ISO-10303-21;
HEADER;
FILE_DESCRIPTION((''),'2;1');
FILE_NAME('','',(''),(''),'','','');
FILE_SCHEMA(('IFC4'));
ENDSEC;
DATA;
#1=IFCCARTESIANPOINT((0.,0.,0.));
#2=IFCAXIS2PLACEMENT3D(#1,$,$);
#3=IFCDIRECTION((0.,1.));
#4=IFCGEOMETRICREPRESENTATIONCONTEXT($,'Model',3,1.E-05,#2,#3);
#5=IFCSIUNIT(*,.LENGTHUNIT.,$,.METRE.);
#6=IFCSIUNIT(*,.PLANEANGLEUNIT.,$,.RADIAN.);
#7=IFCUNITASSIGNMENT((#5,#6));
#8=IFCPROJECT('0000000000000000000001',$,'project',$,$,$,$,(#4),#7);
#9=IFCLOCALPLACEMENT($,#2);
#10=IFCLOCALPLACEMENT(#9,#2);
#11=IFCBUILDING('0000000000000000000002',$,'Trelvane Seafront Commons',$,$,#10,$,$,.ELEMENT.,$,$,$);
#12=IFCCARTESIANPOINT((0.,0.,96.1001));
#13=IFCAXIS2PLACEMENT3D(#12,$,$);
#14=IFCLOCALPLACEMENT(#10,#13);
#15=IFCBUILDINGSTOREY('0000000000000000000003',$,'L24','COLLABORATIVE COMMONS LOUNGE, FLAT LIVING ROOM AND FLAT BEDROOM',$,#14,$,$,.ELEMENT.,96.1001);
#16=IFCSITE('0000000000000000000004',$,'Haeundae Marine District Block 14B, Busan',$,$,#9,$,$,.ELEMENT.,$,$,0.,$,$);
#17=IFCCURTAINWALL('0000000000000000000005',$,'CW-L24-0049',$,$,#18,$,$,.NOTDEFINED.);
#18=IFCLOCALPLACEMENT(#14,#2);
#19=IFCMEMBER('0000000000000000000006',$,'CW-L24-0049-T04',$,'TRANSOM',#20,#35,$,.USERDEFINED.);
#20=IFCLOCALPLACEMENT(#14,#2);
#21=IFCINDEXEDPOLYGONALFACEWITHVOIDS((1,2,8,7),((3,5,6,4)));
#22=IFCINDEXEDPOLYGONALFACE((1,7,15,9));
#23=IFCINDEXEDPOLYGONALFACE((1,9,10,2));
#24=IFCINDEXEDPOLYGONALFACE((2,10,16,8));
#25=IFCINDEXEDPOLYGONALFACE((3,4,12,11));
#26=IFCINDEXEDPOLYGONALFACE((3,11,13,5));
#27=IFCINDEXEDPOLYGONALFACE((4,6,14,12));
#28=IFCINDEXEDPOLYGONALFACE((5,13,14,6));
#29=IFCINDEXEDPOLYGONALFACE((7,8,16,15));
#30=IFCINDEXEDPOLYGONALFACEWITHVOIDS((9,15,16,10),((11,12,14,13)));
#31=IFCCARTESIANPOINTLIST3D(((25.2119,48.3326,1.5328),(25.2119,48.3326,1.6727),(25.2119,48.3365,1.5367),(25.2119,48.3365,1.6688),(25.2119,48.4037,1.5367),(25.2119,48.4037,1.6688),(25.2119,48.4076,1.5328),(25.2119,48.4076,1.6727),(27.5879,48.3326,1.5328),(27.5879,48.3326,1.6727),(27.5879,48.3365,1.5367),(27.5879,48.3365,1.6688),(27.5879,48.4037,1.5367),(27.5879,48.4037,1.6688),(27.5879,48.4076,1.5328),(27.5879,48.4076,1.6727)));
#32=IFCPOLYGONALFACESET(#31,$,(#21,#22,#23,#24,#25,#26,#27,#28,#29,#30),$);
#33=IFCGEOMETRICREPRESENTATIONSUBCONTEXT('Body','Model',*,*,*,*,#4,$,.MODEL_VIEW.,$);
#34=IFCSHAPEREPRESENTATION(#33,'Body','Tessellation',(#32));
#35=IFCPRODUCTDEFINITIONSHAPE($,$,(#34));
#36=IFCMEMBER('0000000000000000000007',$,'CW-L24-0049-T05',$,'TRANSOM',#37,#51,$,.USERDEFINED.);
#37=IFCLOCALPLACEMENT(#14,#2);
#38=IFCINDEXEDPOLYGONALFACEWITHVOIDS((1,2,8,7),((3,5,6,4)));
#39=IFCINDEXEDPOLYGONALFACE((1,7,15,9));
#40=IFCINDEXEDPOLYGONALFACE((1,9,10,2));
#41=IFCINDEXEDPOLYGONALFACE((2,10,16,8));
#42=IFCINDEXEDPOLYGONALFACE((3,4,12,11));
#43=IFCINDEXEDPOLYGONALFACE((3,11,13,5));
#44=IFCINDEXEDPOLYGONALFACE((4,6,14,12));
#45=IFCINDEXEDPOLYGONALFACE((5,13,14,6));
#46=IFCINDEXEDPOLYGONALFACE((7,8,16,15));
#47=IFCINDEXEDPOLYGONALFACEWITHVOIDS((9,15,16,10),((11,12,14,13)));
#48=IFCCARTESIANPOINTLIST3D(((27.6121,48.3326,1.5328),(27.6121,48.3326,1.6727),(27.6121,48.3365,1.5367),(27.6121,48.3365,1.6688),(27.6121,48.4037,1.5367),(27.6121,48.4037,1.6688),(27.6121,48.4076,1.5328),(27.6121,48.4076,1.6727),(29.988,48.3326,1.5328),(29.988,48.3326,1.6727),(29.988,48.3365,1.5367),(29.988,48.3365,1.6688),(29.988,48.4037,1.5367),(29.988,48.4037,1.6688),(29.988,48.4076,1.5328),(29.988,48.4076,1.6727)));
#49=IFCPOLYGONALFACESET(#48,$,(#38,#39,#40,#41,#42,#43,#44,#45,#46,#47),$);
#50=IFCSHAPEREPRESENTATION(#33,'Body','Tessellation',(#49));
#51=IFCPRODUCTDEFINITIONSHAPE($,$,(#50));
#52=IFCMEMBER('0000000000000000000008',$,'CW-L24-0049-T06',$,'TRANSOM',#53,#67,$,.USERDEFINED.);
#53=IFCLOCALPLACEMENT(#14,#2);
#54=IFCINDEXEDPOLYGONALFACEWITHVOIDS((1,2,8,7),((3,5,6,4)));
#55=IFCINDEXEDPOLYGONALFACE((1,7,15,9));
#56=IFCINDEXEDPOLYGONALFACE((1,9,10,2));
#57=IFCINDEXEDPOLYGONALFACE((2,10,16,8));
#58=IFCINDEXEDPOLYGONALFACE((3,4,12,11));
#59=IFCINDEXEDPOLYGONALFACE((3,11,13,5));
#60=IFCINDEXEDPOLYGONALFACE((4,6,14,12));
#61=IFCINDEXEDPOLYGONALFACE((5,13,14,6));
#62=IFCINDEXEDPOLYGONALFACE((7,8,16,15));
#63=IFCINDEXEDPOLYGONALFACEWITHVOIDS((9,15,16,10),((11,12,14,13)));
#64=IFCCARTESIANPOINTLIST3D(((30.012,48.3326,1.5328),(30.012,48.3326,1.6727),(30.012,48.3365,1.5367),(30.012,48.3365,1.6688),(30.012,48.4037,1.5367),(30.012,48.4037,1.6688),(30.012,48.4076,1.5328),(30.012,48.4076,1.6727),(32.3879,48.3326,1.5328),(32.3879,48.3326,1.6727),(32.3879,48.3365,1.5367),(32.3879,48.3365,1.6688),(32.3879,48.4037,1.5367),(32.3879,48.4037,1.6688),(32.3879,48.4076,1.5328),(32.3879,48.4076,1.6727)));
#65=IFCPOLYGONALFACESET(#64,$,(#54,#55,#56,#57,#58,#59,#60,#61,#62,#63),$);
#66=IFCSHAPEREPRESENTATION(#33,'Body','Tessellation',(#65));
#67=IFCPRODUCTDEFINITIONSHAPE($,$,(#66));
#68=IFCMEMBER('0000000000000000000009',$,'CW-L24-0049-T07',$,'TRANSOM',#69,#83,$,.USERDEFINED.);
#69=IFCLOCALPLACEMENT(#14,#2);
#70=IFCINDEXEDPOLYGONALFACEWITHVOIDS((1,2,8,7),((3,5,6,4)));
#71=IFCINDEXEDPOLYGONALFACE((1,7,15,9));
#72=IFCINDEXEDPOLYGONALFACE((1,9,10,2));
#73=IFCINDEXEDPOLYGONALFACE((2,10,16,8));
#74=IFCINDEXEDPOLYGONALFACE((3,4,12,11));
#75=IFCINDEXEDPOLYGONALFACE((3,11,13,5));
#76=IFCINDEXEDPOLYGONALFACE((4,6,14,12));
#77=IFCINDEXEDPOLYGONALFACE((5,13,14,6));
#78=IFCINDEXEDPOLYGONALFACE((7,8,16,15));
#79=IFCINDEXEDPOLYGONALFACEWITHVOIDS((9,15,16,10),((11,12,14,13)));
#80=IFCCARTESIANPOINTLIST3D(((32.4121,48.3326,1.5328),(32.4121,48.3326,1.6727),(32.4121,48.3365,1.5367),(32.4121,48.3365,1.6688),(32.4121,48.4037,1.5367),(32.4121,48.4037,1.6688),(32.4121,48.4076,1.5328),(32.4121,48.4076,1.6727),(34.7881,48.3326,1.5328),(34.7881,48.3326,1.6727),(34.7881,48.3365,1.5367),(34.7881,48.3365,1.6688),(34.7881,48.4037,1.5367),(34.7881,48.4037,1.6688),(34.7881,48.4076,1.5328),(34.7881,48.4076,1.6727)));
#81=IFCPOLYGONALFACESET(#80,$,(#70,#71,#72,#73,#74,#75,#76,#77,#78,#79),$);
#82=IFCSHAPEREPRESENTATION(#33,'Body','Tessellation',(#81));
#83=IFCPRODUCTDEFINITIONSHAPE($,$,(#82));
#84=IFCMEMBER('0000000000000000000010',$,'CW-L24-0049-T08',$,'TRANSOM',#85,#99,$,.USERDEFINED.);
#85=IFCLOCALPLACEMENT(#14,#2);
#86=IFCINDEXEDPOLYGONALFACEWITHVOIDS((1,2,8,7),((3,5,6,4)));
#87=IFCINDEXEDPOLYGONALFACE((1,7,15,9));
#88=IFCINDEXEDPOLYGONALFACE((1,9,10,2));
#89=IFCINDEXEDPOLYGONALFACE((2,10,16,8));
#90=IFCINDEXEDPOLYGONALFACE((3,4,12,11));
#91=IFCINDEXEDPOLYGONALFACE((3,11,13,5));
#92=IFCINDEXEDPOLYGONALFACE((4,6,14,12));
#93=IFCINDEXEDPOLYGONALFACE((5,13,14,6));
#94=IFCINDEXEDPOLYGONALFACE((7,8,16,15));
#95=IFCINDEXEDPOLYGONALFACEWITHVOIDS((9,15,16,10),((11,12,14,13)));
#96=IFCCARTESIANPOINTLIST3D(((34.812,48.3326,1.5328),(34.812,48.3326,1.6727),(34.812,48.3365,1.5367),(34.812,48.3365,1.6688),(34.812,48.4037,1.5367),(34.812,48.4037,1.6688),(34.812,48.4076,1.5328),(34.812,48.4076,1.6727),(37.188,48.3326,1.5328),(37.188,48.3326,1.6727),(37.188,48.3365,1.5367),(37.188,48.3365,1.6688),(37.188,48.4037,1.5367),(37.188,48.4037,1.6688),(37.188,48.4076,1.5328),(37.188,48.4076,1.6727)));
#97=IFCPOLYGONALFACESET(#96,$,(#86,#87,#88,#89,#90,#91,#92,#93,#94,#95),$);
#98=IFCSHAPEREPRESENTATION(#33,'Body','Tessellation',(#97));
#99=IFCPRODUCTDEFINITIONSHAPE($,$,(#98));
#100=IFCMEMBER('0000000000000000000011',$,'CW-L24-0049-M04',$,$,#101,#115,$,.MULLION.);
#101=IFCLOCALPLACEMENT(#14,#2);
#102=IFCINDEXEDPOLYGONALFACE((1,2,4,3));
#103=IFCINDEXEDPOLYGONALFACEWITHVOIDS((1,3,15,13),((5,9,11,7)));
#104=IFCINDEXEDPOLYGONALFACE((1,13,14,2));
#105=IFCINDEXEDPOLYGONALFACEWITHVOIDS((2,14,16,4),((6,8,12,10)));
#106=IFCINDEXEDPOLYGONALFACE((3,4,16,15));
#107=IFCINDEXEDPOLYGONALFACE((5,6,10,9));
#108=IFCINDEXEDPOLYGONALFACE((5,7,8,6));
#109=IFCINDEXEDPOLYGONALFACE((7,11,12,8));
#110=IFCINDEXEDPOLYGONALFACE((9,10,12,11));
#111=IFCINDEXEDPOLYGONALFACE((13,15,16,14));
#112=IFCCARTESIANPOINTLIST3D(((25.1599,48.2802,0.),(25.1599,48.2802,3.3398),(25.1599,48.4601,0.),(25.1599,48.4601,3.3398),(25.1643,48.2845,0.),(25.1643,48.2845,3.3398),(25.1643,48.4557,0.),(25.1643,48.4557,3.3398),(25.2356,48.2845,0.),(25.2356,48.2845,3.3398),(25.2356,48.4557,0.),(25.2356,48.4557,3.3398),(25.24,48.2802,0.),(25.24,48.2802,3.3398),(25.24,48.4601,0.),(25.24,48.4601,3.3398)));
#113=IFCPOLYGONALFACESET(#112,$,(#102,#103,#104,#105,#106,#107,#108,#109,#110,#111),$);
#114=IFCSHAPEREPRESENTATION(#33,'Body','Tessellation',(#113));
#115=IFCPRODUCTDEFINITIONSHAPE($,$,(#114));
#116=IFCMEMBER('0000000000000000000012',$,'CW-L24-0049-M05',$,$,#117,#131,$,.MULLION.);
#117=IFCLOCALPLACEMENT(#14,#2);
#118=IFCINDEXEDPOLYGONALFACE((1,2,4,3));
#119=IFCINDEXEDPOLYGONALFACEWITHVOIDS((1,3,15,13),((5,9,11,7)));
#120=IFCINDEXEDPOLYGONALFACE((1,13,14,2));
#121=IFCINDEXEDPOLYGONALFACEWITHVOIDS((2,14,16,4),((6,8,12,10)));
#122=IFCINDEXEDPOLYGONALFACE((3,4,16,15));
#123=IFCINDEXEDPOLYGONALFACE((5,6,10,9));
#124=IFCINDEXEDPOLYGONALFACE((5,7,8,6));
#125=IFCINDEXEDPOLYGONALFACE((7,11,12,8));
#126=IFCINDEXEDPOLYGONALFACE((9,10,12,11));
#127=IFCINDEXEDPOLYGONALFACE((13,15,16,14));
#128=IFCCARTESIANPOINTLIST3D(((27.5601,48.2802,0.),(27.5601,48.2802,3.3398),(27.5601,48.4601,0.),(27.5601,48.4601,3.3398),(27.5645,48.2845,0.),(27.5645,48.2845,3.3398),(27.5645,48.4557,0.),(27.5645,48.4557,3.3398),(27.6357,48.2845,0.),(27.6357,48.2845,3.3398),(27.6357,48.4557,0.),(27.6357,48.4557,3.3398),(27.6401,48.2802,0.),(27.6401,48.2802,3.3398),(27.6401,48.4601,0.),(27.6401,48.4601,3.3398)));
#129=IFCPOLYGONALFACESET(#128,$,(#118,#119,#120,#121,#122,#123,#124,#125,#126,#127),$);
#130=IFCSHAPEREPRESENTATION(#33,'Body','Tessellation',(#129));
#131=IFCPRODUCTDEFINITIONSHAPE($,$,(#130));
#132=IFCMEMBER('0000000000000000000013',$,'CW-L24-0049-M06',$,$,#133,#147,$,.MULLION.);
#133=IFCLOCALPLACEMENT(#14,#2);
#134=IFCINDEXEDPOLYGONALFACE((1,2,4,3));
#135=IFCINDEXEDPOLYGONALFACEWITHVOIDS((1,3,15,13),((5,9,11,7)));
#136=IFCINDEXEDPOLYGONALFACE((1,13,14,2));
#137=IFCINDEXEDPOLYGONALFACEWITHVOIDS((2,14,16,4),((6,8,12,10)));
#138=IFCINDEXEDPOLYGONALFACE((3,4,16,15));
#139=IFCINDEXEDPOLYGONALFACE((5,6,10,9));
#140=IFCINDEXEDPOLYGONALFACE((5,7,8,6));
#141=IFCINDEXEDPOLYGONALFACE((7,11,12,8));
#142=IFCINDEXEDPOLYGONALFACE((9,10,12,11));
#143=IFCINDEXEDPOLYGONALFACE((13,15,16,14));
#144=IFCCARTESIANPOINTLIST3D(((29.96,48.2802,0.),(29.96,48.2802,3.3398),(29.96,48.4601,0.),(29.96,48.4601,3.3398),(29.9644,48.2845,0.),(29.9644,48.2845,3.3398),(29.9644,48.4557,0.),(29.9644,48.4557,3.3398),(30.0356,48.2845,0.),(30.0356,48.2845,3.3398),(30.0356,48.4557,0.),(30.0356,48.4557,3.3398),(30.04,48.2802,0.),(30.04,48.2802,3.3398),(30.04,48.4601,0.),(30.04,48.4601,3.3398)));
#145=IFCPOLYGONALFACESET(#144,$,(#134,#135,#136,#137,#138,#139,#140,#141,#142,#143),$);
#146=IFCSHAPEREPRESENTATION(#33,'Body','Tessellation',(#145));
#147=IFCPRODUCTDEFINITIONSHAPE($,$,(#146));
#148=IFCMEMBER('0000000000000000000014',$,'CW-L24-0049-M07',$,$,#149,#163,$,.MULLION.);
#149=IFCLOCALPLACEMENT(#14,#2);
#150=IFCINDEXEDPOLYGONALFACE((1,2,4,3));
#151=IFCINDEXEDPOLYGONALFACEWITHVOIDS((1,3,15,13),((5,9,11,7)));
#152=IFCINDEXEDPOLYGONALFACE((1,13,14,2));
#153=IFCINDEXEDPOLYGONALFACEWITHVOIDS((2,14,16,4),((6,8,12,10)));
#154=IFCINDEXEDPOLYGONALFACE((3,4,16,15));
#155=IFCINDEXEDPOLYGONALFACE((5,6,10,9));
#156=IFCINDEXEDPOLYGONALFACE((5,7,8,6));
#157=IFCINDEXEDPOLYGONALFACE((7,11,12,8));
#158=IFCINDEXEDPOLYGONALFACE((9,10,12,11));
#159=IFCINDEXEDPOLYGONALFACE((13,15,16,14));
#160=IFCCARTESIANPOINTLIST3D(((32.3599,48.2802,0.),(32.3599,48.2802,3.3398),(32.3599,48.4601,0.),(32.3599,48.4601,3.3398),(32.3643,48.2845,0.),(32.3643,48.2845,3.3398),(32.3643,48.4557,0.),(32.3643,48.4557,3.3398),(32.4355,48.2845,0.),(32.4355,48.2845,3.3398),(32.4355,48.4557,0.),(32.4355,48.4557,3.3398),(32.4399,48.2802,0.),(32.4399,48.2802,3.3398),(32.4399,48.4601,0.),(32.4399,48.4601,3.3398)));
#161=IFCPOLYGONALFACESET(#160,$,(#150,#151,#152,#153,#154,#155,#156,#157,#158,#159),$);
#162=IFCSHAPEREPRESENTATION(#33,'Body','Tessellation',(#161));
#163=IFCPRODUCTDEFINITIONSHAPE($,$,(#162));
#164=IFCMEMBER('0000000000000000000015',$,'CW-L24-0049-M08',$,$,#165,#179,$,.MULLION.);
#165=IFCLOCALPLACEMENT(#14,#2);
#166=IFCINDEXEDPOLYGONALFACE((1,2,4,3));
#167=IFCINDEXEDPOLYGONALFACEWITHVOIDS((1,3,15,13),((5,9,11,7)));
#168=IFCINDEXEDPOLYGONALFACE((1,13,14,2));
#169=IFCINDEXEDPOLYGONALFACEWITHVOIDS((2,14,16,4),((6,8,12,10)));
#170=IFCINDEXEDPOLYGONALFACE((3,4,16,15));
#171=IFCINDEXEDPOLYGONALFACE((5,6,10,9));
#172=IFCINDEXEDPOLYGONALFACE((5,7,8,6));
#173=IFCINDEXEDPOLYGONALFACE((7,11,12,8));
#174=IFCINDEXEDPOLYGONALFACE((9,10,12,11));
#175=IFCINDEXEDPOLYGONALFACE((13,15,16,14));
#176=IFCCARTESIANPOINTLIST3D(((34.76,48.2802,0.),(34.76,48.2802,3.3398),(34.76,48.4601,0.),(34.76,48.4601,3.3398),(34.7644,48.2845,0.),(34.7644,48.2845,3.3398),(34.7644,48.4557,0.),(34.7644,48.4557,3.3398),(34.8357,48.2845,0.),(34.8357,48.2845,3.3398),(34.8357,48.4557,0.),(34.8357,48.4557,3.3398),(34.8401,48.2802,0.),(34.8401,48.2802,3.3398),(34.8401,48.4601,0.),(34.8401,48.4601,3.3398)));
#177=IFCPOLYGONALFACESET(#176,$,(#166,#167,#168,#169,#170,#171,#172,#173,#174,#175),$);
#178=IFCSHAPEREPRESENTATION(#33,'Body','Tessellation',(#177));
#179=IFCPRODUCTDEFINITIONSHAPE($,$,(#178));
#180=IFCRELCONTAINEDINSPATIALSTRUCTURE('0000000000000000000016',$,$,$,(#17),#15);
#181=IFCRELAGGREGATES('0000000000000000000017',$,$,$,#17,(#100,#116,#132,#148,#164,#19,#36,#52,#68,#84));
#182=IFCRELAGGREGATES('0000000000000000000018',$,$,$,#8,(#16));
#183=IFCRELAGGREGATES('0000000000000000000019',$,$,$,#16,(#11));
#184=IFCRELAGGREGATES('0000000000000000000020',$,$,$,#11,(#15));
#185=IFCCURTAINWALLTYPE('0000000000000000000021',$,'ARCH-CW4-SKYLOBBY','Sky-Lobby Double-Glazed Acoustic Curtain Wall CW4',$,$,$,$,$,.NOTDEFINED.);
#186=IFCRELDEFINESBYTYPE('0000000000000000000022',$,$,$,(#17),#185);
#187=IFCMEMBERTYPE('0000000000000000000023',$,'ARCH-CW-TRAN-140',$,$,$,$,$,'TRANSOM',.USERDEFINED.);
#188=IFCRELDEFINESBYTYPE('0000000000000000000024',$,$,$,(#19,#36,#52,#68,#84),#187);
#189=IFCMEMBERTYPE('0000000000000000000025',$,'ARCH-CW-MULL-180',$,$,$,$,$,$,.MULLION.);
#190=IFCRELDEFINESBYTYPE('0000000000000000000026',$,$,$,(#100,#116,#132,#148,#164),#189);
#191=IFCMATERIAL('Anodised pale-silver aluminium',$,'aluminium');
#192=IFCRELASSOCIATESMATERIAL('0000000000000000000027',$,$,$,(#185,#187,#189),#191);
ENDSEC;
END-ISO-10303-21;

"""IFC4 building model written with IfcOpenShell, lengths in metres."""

from ifc_helpers import new_model, si_unit, direction, frame, origin, origin_2d, place, context, subcontext, project, spatial, hollow_rectangle, extrude, source, transform, mapped, material, material_profile, profile_set, type_object, element, aggregate, save


model = new_model("IFC4")

# Units and contexts
model_context = context("Model", 3, precision=1e-05, world=origin(), true_north=direction((0.0, 1.0)))
body_context = subcontext(model_context, "Body", "Model", "MODEL_VIEW")
ifc_project = project(units=[si_unit("LENGTHUNIT", "METRE"), si_unit("PLANEANGLEUNIT", "RADIAN")], contexts=[model_context])

# Site, building, storey
site_placement = place(None, origin())
site = spatial("IfcSite", under=ifc_project, at=site_placement, Name="Haeundae Marine District Block 14B, Busan", CompositionType="ELEMENT", RefElevation=0.0)
building_placement = place(site_placement, origin())
building = spatial("IfcBuilding", under=site, at=building_placement, Name="Trelvane Seafront Commons", CompositionType="ELEMENT")
storey_placement = place(building_placement, frame((0.0, 0.0, 96.1001)))
storey = spatial("IfcBuildingStorey", under=building, at=storey_placement, Name="L24", Description="COLLABORATIVE COMMONS LOUNGE, FLAT LIVING ROOM AND FLAT BEDROOM", CompositionType="ELEMENT", Elevation=96.1001)

# Curtain wall, members
ifc_material_1 = material(Name="Anodised pale-silver aluminium", Category="aluminium")
curtain_wall_type = type_object("IfcCurtainWallType", Name="ARCH-CW4-SKYLOBBY", Description="Sky-Lobby Double-Glazed Acoustic Curtain Wall CW4", PredefinedType="NOTDEFINED", material=ifc_material_1)
curtain_wall_placement = place(storey_placement, origin())
curtain_wall = element("IfcCurtainWall", 1, at=curtain_wall_placement, inside=storey, type_object=curtain_wall_type, Name="CW-L24-0049", PredefinedType="NOTDEFINED")
ifc_material_profile_1 = material_profile(ifc_material_1, hollow_rectangle(XDim=0.075, YDim=0.1399, WallThickness=0.0039, at=origin_2d()), Name="TRAN-75x140x4")
ifc_profile_set_1 = profile_set([ifc_material_profile_1], Name="Anodised pale-silver aluminium")
member_type_1 = type_object("IfcMemberType", Name="ARCH-CW-TRAN-140", ElementType="TRANSOM", PredefinedType="USERDEFINED", material=ifc_profile_set_1)
shared_shape_1 = source(origin(), body_context, "Body", "SweptSolid", [
    extrude(hollow_rectangle(XDim=0.075, YDim=0.1399, WallThickness=0.0039, at=origin_2d()), origin(), (0.0, 0.0, 1.0), 2.376),
])
member_1_placement = place(storey_placement, frame((25.2119, 48.3701, 1.6028), z_axis=(1.0, 0.0, 0.0), x_axis=(0.0, 1.0, 0.0)))
member_1 = element("IfcMember", 2, at=member_1_placement, type_object=member_type_1, Name="CW-L24-0049-T04", ObjectType="TRANSOM", PredefinedType="USERDEFINED", context=body_context, shape_type="MappedRepresentation", body=[
    mapped(shared_shape_1, transform((0.0, 0.0, 0.0), x_axis=(1.0, 0.0, 0.0), y_axis=(0.0, 1.0, 0.0), z_axis=(0.0, 0.0, 1.0), scale=1.0)),
])
member_2_placement = place(storey_placement, frame((27.6121, 48.3701, 1.6028), z_axis=(1.0, 0.0, 0.0), x_axis=(0.0, 1.0, 0.0)))
member_2 = element("IfcMember", 3, at=member_2_placement, type_object=member_type_1, Name="CW-L24-0049-T05", ObjectType="TRANSOM", PredefinedType="USERDEFINED", context=body_context, shape_type="MappedRepresentation", body=[
    mapped(shared_shape_1, transform((0.0, 0.0, 0.0), x_axis=(1.0, 0.0, 0.0), y_axis=(0.0, 1.0, 0.0), z_axis=(0.0, 0.0, 1.0), scale=1.0)),
])
member_3_placement = place(storey_placement, frame((30.012, 48.3701, 1.6028), z_axis=(1.0, 0.0, 0.0), x_axis=(0.0, 1.0, 0.0)))
member_3 = element("IfcMember", 4, at=member_3_placement, type_object=member_type_1, Name="CW-L24-0049-T06", ObjectType="TRANSOM", PredefinedType="USERDEFINED", context=body_context, shape_type="MappedRepresentation", body=[
    mapped(shared_shape_1, transform((0.0, 0.0, 0.0), x_axis=(1.0, 0.0, 0.0), y_axis=(0.0, 1.0, 0.0), z_axis=(0.0, 0.0, 1.0), scale=1.0)),
])
member_4_placement = place(storey_placement, frame((32.4121, 48.3701, 1.6028), z_axis=(1.0, 0.0, 0.0), x_axis=(0.0, 1.0, 0.0)))
member_4 = element("IfcMember", 5, at=member_4_placement, type_object=member_type_1, Name="CW-L24-0049-T07", ObjectType="TRANSOM", PredefinedType="USERDEFINED", context=body_context, shape_type="MappedRepresentation", body=[
    mapped(shared_shape_1, transform((0.0, 0.0, 0.0), x_axis=(1.0, 0.0, 0.0), y_axis=(0.0, 1.0, 0.0), z_axis=(0.0, 0.0, 1.0), scale=1.0)),
])
member_5_placement = place(storey_placement, frame((34.812, 48.3701, 1.6028), z_axis=(1.0, 0.0, 0.0), x_axis=(0.0, 1.0, 0.0)))
member_5 = element("IfcMember", 6, at=member_5_placement, type_object=member_type_1, Name="CW-L24-0049-T08", ObjectType="TRANSOM", PredefinedType="USERDEFINED", context=body_context, shape_type="MappedRepresentation", body=[
    mapped(shared_shape_1, transform((0.0, 0.0, 0.0), x_axis=(1.0, 0.0, 0.0), y_axis=(0.0, 1.0, 0.0), z_axis=(0.0, 0.0, 1.0), scale=1.0)),
])
ifc_material_profile_2 = material_profile(ifc_material_1, hollow_rectangle(XDim=0.0801, YDim=0.1799, WallThickness=0.0044, at=origin_2d()), Name="MULL-80x180x4.5")
ifc_profile_set_2 = profile_set([ifc_material_profile_2], Name="Anodised pale-silver aluminium")
member_type_2 = type_object("IfcMemberType", Name="ARCH-CW-MULL-180", PredefinedType="MULLION", material=ifc_profile_set_2)
shared_shape_2 = source(origin(), body_context, "Body", "SweptSolid", [
    extrude(hollow_rectangle(XDim=0.0801, YDim=0.1799, WallThickness=0.0044, at=origin_2d()), origin(), (0.0, 0.0, 1.0), 3.3398),
])
member_6_placement = place(storey_placement, frame((25.2, 48.3701, 0.0), z_axis=(0.0, 0.0, 1.0), x_axis=(1.0, 0.0, 0.0)))
member_6 = element("IfcMember", 7, at=member_6_placement, type_object=member_type_2, Name="CW-L24-0049-M04", PredefinedType="MULLION", context=body_context, shape_type="MappedRepresentation", body=[
    mapped(shared_shape_2, transform((0.0, 0.0, 0.0), x_axis=(1.0, 0.0, 0.0), y_axis=(0.0, 1.0, 0.0), z_axis=(0.0, 0.0, 1.0), scale=1.0)),
])
member_7_placement = place(storey_placement, frame((27.6001, 48.3701, 0.0), z_axis=(0.0, 0.0, 1.0), x_axis=(1.0, 0.0, 0.0)))
member_7 = element("IfcMember", 8, at=member_7_placement, type_object=member_type_2, Name="CW-L24-0049-M05", PredefinedType="MULLION", context=body_context, shape_type="MappedRepresentation", body=[
    mapped(shared_shape_2, transform((0.0, 0.0, 0.0), x_axis=(1.0, 0.0, 0.0), y_axis=(0.0, 1.0, 0.0), z_axis=(0.0, 0.0, 1.0), scale=1.0)),
])
member_8_placement = place(storey_placement, frame((30.0, 48.3701, 0.0), z_axis=(0.0, 0.0, 1.0), x_axis=(1.0, 0.0, 0.0)))
member_8 = element("IfcMember", 9, at=member_8_placement, type_object=member_type_2, Name="CW-L24-0049-M06", PredefinedType="MULLION", context=body_context, shape_type="MappedRepresentation", body=[
    mapped(shared_shape_2, transform((0.0, 0.0, 0.0), x_axis=(1.0, 0.0, 0.0), y_axis=(0.0, 1.0, 0.0), z_axis=(0.0, 0.0, 1.0), scale=1.0)),
])
member_9_placement = place(storey_placement, frame((32.3999, 48.3701, 0.0), z_axis=(0.0, 0.0, 1.0), x_axis=(1.0, 0.0, 0.0)))
member_9 = element("IfcMember", 10, at=member_9_placement, type_object=member_type_2, Name="CW-L24-0049-M07", PredefinedType="MULLION", context=body_context, shape_type="MappedRepresentation", body=[
    mapped(shared_shape_2, transform((0.0, 0.0, 0.0), x_axis=(1.0, 0.0, 0.0), y_axis=(0.0, 1.0, 0.0), z_axis=(0.0, 0.0, 1.0), scale=1.0)),
])
member_10_placement = place(storey_placement, frame((34.8, 48.3701, 0.0), z_axis=(0.0, 0.0, 1.0), x_axis=(1.0, 0.0, 0.0)))
member_10 = element("IfcMember", 11, at=member_10_placement, type_object=member_type_2, Name="CW-L24-0049-M08", PredefinedType="MULLION", context=body_context, shape_type="MappedRepresentation", body=[
    mapped(shared_shape_2, transform((0.0, 0.0, 0.0), x_axis=(1.0, 0.0, 0.0), y_axis=(0.0, 1.0, 0.0), z_axis=(0.0, 0.0, 1.0), scale=1.0)),
])

aggregate(curtain_wall, [member_6, member_7, member_8, member_9, member_10, member_1, member_2, member_3, member_4, member_5])

save(model, "model.ifc")
